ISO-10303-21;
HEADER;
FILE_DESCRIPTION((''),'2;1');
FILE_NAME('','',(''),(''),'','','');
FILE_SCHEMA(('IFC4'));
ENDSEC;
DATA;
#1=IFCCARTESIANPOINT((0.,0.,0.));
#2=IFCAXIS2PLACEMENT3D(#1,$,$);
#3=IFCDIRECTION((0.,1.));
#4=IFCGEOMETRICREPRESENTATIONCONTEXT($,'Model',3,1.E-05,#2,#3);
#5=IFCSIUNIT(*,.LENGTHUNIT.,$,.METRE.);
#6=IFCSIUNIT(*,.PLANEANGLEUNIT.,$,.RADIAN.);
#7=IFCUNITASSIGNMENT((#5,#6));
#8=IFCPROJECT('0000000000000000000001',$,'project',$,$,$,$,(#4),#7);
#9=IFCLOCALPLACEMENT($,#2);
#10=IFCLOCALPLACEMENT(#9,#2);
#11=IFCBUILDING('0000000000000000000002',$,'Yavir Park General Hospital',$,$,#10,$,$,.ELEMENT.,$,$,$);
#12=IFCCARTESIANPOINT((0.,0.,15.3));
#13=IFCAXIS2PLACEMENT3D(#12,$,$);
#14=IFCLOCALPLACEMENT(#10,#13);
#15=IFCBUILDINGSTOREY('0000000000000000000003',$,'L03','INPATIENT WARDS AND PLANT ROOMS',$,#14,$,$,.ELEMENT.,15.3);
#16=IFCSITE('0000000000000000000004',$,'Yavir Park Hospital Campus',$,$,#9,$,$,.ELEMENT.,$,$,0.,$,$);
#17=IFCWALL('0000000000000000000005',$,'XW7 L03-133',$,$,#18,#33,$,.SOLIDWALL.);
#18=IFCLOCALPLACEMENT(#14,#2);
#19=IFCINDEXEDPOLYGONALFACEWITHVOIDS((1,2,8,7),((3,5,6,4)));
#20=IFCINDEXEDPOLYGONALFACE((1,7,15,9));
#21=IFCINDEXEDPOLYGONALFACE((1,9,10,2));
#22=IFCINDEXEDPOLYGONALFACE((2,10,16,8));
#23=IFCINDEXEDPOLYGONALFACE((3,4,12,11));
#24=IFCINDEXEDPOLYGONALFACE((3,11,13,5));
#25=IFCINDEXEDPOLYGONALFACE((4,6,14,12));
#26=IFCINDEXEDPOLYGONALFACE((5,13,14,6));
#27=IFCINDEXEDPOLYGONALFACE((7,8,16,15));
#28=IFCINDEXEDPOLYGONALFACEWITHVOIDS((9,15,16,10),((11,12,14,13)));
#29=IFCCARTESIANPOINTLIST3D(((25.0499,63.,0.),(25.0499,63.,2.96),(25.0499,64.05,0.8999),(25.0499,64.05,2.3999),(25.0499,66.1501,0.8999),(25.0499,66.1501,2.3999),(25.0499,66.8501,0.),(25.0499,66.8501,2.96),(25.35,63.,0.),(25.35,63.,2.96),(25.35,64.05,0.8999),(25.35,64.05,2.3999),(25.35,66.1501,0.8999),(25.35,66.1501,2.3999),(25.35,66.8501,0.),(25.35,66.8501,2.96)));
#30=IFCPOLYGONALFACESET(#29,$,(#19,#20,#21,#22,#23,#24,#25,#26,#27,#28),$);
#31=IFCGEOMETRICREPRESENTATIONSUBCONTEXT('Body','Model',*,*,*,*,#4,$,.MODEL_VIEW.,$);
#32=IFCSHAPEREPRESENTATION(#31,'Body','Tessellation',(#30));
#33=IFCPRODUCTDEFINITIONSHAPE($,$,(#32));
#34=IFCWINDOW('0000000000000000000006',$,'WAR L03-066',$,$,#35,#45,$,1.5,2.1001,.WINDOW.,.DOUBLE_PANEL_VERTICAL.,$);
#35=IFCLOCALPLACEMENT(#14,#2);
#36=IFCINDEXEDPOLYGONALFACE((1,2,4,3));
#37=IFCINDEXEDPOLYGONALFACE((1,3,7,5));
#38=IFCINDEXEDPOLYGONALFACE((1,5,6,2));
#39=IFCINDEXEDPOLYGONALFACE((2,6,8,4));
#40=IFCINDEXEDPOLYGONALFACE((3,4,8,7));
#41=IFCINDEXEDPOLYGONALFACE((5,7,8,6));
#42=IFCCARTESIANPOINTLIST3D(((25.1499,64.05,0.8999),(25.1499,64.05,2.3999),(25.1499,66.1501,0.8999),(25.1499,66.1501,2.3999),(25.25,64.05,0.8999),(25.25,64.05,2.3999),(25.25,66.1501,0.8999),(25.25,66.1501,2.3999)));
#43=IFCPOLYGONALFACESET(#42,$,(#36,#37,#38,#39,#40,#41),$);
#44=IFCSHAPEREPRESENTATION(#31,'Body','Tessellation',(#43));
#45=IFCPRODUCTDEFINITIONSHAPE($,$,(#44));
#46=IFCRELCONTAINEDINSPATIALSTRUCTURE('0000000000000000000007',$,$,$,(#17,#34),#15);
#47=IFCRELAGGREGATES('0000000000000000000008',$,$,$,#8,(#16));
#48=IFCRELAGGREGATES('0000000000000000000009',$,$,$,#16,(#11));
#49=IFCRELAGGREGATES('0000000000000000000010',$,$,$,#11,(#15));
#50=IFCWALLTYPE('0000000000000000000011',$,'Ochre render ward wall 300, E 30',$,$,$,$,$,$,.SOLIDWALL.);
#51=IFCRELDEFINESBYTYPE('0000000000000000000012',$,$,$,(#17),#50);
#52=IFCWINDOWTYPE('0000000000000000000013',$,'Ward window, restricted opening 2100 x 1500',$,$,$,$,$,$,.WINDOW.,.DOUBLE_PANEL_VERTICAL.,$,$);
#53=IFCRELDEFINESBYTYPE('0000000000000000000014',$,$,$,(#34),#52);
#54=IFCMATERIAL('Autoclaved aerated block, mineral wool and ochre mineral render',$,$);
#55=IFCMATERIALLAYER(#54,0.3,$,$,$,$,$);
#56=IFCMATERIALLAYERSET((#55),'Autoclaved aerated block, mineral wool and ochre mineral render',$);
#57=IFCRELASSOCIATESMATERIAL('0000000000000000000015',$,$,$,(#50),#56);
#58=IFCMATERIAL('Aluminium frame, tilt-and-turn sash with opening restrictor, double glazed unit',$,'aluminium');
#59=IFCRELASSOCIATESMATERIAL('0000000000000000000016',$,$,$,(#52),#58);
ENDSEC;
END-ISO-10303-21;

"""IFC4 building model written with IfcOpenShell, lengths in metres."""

from ifc_helpers import new_model, si_unit, direction, frame, frame_2d, origin, place, context, subcontext, project, spatial, rectangle, extrude, material, layer, layer_set, type_object, element, fill, save


model = new_model("IFC4")

# Units and contexts
model_context = context("Model", 3, precision=1e-05, world=origin(), true_north=direction((0.0, 1.0)))
body_context = subcontext(model_context, "Body", "Model", "MODEL_VIEW")
ifc_project = project(units=[si_unit("LENGTHUNIT", "METRE"), si_unit("PLANEANGLEUNIT", "RADIAN")], contexts=[model_context])

# Site, building, storey
site_placement = place(None, origin())
site = spatial("IfcSite", under=ifc_project, at=site_placement, Name="Yavir Park Hospital Campus", CompositionType="ELEMENT", RefElevation=0.0)
building_placement = place(site_placement, origin())
building = spatial("IfcBuilding", under=site, at=building_placement, Name="Yavir Park General Hospital", CompositionType="ELEMENT")
storey_placement = place(building_placement, frame((0.0, 0.0, 15.3)))
storey = spatial("IfcBuildingStorey", under=building, at=storey_placement, Name="L03", Description="INPATIENT WARDS AND PLANT ROOMS", CompositionType="ELEMENT", Elevation=15.3)

# Wall, opening, window
ifc_material_1 = material(Name="Autoclaved aerated block, mineral wool and ochre mineral render")
ifc_layer_1 = layer(ifc_material_1, 0.3)
ifc_layer_set_1 = layer_set([ifc_layer_1], Name="Autoclaved aerated block, mineral wool and ochre mineral render")
wall_type_1 = type_object("IfcWallType", Name="Ochre render ward wall 300, E 30", PredefinedType="SOLIDWALL", material=ifc_layer_set_1)
ifc_material_2 = material(Name="Aluminium frame, tilt-and-turn sash with opening restrictor, double glazed unit", Category="aluminium")
window_type = type_object("IfcWindowType", Name="Ward window, restricted opening 2100 x 1500", PartitioningType="DOUBLE_PANEL_VERTICAL", PredefinedType="WINDOW", material=ifc_material_2)
wall_1_placement = place(storey_placement, frame((25.2, 63.0, 0.0), z_axis=(0.0, 0.0, 1.0), x_axis=(0.0, 1.0, 0.0)))
wall_1 = element("IfcWall", 1, at=wall_1_placement, inside=storey, type_object=wall_type_1, Name="XW7 L03-133", PredefinedType="SOLIDWALL", context=body_context, shape_type="SweptSolid", body=[
    extrude(rectangle(XDim=3.8501, YDim=0.3, at=frame_2d((1.925, 0.0))), origin(), (0.0, 0.0, 1.0), 2.96),
])
opening_1_placement = place(wall_1_placement, frame((1.05, 0.0, 0.8999)))
opening_1 = element("IfcOpeningElement", 2, at=opening_1_placement, cuts=wall_1, PredefinedType="OPENING", context=body_context, shape_type="SweptSolid", body=[
    extrude(rectangle(XDim=2.1001, YDim=1.5, at=frame_2d((1.05, 0.75))), frame((0.0, 0.1599, 0.0), z_axis=(0.0, -1.0, 0.0), x_axis=(1.0, 0.0, 0.0)), (0.0, 0.0, 1.0), 0.3201),
])
window_1_placement = place(opening_1_placement, origin())
window_1 = element("IfcWindow", 3, at=window_1_placement, inside=storey, type_object=window_type, Name="WAR L03-066", OverallHeight=1.5, OverallWidth=2.1001, PartitioningType="DOUBLE_PANEL_VERTICAL", PredefinedType="WINDOW", context=body_context, shape_type="SweptSolid", body=[
    extrude(rectangle(XDim=2.1001, YDim=1.5, at=frame_2d((1.05, 0.75))), frame((0.0, 0.05, 0.0), z_axis=(0.0, -1.0, 0.0), x_axis=(1.0, 0.0, 0.0)), (0.0, 0.0, 1.0), 0.1001),
])
fill(opening_1, window_1)

save(model, "model.ifc")
